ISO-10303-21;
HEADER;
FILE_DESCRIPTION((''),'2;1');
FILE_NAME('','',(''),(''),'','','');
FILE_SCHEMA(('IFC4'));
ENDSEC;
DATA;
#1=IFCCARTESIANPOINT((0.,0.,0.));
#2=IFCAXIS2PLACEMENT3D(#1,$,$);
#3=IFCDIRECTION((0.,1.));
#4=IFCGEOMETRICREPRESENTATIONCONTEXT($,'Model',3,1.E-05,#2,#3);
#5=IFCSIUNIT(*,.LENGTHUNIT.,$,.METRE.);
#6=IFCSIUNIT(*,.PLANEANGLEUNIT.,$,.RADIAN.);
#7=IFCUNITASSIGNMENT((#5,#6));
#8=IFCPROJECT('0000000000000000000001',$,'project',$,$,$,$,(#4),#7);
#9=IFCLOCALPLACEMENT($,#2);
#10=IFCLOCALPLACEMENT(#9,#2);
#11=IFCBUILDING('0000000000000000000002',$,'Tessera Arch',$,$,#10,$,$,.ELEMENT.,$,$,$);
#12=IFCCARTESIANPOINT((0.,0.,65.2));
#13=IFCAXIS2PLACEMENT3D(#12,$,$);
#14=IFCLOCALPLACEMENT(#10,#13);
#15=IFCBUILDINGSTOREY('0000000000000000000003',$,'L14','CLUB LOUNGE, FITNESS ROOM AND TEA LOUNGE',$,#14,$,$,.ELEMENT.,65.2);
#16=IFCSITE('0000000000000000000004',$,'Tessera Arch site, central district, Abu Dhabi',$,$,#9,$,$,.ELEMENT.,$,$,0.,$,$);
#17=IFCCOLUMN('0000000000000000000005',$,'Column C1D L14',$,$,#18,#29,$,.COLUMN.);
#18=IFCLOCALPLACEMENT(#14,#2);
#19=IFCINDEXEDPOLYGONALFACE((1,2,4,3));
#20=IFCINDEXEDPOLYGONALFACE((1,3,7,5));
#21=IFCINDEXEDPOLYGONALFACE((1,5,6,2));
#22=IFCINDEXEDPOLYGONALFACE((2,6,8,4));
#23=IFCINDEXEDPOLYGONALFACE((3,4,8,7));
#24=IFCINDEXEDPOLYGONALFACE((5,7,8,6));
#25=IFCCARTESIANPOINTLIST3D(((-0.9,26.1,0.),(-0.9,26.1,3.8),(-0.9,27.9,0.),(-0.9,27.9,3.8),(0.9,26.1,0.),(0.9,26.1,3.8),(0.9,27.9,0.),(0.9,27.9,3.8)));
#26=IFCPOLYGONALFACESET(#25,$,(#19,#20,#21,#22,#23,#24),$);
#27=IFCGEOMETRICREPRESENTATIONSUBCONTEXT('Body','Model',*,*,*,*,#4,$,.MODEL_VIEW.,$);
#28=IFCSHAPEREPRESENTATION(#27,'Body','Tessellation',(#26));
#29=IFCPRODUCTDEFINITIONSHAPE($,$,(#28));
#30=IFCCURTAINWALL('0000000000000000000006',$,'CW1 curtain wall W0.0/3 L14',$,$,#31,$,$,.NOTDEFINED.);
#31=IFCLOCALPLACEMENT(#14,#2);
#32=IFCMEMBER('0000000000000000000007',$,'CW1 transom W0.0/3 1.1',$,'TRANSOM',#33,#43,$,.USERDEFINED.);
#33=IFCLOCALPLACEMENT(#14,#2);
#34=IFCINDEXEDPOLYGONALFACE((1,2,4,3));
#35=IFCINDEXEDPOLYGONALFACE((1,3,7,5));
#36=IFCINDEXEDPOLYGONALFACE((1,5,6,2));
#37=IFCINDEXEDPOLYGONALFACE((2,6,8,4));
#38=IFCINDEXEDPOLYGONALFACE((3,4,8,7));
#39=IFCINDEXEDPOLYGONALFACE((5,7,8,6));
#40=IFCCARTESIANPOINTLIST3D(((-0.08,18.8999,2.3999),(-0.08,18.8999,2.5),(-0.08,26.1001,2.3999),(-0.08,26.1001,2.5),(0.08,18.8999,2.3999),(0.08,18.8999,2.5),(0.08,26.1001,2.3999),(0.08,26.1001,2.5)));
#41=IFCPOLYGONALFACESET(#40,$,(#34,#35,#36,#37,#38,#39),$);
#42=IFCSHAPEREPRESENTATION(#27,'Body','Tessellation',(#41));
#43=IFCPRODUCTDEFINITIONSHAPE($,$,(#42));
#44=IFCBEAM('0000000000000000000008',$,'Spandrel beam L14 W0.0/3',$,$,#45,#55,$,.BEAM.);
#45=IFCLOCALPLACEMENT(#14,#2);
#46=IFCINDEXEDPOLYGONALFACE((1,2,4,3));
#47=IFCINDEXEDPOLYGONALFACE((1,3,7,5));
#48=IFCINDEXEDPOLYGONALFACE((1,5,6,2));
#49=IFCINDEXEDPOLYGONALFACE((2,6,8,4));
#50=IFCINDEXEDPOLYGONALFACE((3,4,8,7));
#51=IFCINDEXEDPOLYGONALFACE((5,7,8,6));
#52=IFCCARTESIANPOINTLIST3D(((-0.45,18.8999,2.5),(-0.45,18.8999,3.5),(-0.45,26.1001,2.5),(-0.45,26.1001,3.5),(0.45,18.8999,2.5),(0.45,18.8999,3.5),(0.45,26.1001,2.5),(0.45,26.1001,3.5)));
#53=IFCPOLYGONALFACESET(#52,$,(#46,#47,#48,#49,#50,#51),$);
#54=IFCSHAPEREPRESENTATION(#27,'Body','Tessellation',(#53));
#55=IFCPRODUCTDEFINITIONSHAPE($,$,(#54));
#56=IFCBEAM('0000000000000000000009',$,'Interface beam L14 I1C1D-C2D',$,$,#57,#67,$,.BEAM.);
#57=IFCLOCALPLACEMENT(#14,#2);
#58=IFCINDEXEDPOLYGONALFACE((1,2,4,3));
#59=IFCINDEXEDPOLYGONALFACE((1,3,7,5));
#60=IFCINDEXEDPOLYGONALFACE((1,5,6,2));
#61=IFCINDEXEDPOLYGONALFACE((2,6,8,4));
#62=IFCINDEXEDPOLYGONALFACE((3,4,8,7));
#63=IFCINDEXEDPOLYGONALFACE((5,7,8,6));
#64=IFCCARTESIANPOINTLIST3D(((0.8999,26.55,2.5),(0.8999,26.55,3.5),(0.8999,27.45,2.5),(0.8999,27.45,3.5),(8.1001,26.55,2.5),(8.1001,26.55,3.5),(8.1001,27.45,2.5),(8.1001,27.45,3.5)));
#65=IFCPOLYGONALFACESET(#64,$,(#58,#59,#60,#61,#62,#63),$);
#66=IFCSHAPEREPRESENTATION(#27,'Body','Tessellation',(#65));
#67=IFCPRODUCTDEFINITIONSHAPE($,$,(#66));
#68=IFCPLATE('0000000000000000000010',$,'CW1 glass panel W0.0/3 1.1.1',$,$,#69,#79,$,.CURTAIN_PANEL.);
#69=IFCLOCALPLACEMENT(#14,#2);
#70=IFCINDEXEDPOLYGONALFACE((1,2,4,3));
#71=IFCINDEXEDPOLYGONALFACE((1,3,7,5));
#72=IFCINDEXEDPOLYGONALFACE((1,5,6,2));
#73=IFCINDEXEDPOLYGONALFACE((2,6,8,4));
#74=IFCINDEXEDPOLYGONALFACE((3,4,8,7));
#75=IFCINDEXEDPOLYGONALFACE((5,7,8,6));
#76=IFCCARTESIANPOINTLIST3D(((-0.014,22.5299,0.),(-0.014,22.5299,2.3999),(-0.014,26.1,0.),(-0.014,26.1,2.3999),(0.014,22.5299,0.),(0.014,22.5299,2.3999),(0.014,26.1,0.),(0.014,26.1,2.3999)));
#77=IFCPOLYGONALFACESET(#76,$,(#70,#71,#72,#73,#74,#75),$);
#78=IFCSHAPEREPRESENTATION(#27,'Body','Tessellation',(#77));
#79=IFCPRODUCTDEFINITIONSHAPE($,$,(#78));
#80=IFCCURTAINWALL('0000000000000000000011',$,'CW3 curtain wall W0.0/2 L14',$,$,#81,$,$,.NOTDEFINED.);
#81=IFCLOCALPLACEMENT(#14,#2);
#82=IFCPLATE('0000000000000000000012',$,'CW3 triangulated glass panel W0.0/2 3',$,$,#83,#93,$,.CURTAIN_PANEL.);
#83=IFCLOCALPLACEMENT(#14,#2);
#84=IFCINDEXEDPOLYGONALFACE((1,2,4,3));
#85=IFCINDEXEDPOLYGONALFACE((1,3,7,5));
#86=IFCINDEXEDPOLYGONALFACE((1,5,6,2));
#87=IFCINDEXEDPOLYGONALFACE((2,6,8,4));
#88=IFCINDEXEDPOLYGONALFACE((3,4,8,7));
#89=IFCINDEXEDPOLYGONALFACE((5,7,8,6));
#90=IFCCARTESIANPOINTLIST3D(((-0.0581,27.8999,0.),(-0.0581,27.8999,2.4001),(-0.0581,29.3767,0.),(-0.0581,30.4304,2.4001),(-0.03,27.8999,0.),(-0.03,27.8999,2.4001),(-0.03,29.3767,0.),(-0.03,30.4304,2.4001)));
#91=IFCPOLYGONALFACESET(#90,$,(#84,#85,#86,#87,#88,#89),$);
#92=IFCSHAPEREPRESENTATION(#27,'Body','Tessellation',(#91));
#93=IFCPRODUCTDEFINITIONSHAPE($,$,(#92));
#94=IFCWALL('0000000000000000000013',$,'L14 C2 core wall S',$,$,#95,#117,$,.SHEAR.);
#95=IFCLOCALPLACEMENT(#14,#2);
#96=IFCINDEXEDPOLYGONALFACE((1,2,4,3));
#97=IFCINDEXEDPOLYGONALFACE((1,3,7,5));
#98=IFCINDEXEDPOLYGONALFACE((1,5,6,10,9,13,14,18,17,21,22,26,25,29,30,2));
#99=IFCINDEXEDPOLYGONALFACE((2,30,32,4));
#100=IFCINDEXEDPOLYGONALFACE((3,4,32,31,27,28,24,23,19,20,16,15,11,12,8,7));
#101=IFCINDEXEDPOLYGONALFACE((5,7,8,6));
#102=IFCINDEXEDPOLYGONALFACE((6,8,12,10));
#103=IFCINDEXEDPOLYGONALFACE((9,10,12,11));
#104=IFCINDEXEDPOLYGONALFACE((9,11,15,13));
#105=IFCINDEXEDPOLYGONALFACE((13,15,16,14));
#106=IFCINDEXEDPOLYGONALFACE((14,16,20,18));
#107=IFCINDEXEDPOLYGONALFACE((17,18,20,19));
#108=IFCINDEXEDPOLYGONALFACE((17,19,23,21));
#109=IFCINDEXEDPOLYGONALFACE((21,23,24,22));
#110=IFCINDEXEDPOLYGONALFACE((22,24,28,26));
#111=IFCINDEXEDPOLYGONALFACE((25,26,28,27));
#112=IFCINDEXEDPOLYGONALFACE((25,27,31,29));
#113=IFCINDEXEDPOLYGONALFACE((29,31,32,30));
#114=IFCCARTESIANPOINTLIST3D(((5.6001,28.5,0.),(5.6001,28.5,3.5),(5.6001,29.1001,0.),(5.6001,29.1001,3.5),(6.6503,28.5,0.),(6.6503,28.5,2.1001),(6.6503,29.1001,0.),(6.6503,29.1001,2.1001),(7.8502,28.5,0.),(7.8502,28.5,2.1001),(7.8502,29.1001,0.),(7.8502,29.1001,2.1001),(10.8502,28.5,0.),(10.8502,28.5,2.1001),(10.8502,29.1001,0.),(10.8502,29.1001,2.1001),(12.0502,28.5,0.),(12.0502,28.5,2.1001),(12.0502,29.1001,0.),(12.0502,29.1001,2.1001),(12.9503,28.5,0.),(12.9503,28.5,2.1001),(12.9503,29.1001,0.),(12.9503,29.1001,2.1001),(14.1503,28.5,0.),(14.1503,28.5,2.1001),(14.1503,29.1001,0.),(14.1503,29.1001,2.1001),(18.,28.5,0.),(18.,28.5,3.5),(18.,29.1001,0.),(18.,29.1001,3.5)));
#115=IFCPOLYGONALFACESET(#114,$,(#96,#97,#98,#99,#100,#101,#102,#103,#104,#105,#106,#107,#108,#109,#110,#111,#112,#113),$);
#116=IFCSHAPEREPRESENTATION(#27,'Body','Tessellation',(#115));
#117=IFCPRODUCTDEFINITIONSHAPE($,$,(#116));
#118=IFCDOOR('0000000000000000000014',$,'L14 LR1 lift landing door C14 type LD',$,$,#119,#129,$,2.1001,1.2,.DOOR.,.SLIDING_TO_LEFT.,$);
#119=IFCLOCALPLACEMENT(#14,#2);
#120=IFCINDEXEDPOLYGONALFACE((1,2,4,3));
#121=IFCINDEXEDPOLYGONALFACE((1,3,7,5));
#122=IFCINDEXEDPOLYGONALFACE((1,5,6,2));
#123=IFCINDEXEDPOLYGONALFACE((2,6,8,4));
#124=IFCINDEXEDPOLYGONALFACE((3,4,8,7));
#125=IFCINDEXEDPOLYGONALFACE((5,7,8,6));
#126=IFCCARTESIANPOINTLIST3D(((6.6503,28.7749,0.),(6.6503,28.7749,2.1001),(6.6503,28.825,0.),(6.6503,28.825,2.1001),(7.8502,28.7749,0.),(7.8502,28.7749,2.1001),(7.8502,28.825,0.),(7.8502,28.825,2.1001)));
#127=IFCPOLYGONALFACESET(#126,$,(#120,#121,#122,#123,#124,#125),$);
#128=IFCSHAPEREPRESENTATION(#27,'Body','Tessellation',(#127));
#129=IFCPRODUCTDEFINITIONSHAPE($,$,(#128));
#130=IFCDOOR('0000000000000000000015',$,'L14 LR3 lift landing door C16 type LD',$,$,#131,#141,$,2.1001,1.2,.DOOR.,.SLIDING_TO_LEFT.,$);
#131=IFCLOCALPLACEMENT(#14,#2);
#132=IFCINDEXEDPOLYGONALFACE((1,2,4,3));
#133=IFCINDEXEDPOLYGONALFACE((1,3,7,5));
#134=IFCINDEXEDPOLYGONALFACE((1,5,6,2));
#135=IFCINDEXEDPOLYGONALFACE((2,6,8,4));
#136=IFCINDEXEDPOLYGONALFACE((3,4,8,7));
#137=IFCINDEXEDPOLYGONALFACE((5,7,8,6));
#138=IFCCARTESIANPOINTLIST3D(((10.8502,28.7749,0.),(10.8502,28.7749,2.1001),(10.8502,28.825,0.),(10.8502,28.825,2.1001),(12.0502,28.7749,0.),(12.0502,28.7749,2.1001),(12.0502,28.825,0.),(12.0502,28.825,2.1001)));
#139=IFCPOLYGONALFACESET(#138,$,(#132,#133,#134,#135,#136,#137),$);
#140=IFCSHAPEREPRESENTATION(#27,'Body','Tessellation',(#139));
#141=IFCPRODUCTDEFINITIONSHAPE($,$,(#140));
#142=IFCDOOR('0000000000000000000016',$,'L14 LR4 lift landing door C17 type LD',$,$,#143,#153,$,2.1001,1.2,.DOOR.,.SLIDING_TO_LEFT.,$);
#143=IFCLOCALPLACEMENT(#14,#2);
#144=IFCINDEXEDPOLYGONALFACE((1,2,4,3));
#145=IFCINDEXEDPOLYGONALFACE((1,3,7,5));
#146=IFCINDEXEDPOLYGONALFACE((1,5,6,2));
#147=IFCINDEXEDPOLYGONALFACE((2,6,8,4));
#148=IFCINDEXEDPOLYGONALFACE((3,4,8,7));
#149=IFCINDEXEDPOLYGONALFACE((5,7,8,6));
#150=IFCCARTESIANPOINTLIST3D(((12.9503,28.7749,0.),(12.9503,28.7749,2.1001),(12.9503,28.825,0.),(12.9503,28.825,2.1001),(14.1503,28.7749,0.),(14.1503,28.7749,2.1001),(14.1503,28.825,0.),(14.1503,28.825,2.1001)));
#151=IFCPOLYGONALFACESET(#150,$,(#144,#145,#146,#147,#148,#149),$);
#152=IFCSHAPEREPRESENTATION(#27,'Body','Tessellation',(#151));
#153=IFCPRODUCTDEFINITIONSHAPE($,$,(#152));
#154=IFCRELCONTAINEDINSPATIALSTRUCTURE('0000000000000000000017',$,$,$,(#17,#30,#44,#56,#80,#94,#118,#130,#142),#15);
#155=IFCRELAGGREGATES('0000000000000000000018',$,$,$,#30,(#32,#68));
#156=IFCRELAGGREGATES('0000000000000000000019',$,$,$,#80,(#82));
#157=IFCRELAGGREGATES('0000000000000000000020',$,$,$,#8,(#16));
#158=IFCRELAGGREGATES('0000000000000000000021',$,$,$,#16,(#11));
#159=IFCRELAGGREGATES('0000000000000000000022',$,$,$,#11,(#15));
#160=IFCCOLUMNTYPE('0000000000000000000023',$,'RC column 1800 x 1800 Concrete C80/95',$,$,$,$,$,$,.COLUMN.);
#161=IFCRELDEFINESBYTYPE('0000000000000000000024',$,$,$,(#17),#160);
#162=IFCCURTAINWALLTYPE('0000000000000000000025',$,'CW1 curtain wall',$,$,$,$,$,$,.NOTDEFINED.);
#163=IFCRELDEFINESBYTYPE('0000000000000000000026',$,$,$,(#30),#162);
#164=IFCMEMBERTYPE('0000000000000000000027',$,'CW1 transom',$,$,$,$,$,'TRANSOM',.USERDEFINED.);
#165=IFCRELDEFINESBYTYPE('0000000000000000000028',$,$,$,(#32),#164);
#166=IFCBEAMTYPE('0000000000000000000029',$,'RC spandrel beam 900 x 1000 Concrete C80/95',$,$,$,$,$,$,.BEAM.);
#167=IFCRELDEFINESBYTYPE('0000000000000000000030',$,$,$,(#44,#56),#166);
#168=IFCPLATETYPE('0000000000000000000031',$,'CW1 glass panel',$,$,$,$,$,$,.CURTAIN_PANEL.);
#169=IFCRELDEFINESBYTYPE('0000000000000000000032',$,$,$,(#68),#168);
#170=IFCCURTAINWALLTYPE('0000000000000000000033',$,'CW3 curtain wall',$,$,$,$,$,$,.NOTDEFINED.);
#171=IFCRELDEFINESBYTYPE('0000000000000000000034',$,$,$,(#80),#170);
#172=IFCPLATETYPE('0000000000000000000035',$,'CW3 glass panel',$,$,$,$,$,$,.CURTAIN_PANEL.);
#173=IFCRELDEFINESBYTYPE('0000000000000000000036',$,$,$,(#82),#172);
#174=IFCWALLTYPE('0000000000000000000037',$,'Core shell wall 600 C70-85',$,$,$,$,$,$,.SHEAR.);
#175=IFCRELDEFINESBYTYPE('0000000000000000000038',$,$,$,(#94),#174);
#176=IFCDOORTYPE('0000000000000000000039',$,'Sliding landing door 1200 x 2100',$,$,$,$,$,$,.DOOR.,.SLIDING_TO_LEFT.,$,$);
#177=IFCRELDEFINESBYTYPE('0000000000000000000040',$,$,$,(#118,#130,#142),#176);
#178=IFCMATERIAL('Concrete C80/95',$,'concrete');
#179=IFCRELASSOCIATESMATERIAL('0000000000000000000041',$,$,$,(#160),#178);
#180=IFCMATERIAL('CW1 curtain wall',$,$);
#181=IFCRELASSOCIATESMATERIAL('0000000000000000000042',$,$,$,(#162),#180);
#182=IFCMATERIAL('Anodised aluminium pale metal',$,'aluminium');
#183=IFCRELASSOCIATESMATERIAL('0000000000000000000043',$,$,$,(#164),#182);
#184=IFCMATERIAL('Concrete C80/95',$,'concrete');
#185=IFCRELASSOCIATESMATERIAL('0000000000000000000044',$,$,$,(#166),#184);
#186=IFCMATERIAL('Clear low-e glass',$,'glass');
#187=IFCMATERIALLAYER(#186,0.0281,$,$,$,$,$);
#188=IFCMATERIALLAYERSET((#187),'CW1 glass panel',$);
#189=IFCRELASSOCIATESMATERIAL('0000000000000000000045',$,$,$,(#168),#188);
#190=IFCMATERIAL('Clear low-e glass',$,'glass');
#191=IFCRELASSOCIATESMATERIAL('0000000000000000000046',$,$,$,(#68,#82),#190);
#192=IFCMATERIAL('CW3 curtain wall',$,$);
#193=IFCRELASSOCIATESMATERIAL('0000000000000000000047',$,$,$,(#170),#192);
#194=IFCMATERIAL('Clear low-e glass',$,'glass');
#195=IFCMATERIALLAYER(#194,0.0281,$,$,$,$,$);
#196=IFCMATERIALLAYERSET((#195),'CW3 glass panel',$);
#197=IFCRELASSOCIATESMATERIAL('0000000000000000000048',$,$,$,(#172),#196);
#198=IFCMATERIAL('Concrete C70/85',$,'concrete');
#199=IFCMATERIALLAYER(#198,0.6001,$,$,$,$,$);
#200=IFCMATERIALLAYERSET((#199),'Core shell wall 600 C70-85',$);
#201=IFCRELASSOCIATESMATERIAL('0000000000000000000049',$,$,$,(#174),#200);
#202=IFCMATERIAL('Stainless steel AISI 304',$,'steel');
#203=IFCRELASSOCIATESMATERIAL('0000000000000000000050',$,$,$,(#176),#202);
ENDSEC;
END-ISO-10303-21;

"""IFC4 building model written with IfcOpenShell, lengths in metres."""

from ifc_helpers import new_model, si_unit, direction, frame, frame_2d, origin, origin_2d, place, context, subcontext, project, spatial, polyline, rectangle, outline, extrude, material, layer, layer_set, material_profile, profile_set, type_object, element, fill, aggregate, save


model = new_model("IFC4")

# Units and contexts
model_context = context("Model", 3, precision=1e-05, world=origin(), true_north=direction((0.0, 1.0)))
body_context = subcontext(model_context, "Body", "Model", "MODEL_VIEW")
ifc_project = project(units=[si_unit("LENGTHUNIT", "METRE"), si_unit("PLANEANGLEUNIT", "RADIAN")], contexts=[model_context])

# Site, building, storey
site_placement = place(None, origin())
site = spatial("IfcSite", under=ifc_project, at=site_placement, Name="Tessera Arch site, central district, Abu Dhabi", CompositionType="ELEMENT", RefElevation=0.0)
building_placement = place(site_placement, origin())
building = spatial("IfcBuilding", under=site, at=building_placement, Name="Tessera Arch", CompositionType="ELEMENT")
storey_placement = place(building_placement, frame((0.0, 0.0, 65.2)))
storey = spatial("IfcBuildingStorey", under=building, at=storey_placement, Name="L14", Description="CLUB LOUNGE, FITNESS ROOM AND TEA LOUNGE", CompositionType="ELEMENT", Elevation=65.2)

# Column
ifc_material_1 = material(Name="Concrete C80/95", Category="concrete")
ifc_material_profile_1 = material_profile(ifc_material_1, rectangle(XDim=1.8, YDim=1.8, at=origin_2d()), Name="RC column 1800 x 1800 Concrete C80/95")
ifc_profile_set_1 = profile_set([ifc_material_profile_1], Name="Concrete C80/95")
column_type = type_object("IfcColumnType", Name="RC column 1800 x 1800 Concrete C80/95", PredefinedType="COLUMN", material=ifc_profile_set_1)
column_placement = place(storey_placement, frame((0.0, 27.0, 0.0), z_axis=(0.0, 0.0, 1.0), x_axis=(1.0, 0.0, 0.0)))
element("IfcColumn", 1, at=column_placement, inside=storey, type_object=column_type, Name="Column C1D L14", PredefinedType="COLUMN", context=body_context, shape_type="SweptSolid", body=[
    extrude(rectangle(XDim=1.8, YDim=1.8, at=origin_2d()), origin(), (0.0, 0.0, 1.0), 3.8),
])

# Curtain wall, member
ifc_material_2 = material(Name="CW1 curtain wall")
curtain_wall_type_1 = type_object("IfcCurtainWallType", Name="CW1 curtain wall", PredefinedType="NOTDEFINED", material=ifc_material_2)
curtain_wall_1_placement = place(storey_placement, origin())
curtain_wall_1 = element("IfcCurtainWall", 2, at=curtain_wall_1_placement, inside=storey, type_object=curtain_wall_type_1, Name="CW1 curtain wall W0.0/3 L14", PredefinedType="NOTDEFINED")
ifc_material_3 = material(Name="Anodised aluminium pale metal", Category="aluminium")
ifc_material_profile_2 = material_profile(ifc_material_3, rectangle(XDim=0.1599, YDim=0.1001, at=origin_2d()), Name="AL 160x100")
ifc_profile_set_2 = profile_set([ifc_material_profile_2], Name="Anodised aluminium pale metal")
member_type = type_object("IfcMemberType", Name="CW1 transom", ElementType="TRANSOM", PredefinedType="USERDEFINED", material=ifc_profile_set_2)
member_placement = place(storey_placement, frame((0.0, 26.1001, 2.45), z_axis=(0.0, -1.0, 0.0), x_axis=(1.0, 0.0, 0.0)))
member = element("IfcMember", 3, at=member_placement, type_object=member_type, Name="CW1 transom W0.0/3 1.1", ObjectType="TRANSOM", PredefinedType="USERDEFINED", context=body_context, shape_type="SweptSolid", body=[
    extrude(rectangle(XDim=0.1599, YDim=0.1001, at=origin_2d()), origin(), (0.0, 0.0, 1.0), 7.2002),
])

# Beams
ifc_material_4 = material(Name="Concrete C80/95", Category="concrete")
ifc_material_profile_3 = material_profile(ifc_material_4, rectangle(XDim=0.8999, YDim=1.0, at=origin_2d()), Name="RC spandrel beam 900 x 1000 Concrete C80/95")
ifc_profile_set_3 = profile_set([ifc_material_profile_3], Name="Concrete C80/95")
beam_type = type_object("IfcBeamType", Name="RC spandrel beam 900 x 1000 Concrete C80/95", PredefinedType="BEAM", material=ifc_profile_set_3)
for number, where, z_axis, x_axis, name in (
    (4, (0.0, 26.1001, 3.0), (0.0, -1.0, 0.0), (1.0, 0.0, 0.0), "Spandrel beam L14 W0.0/3"),
    (5, (0.8999, 27.0, 3.0), (1.0, 0.0, 0.0), (0.0, 1.0, 0.0), "Interface beam L14 I1C1D-C2D"),
):
    element("IfcBeam", number, at=place(storey_placement, frame(where, z_axis=z_axis, x_axis=x_axis)), inside=storey, type_object=beam_type, Name=name, PredefinedType="BEAM", context=body_context, shape_type="SweptSolid", body=[
        extrude(rectangle(XDim=0.8999, YDim=1.0, at=origin_2d()), origin(), (0.0, 0.0, 1.0), 7.2002),
    ])

# Plate
ifc_material_5 = material(Name="Clear low-e glass", Category="glass")
ifc_material_6 = material(Name="Clear low-e glass", Category="glass")
ifc_layer_1 = layer(ifc_material_6, 0.0281)
ifc_layer_set_1 = layer_set([ifc_layer_1], Name="CW1 glass panel")
plate_type_1 = type_object("IfcPlateType", Name="CW1 glass panel", PredefinedType="CURTAIN_PANEL", material=ifc_layer_set_1)
plate_1_placement = place(storey_placement, frame((0.0, 24.3149, 0.0), z_axis=(0.0, 0.0, 1.0), x_axis=(0.0, -1.0, 0.0)))
plate_1 = element("IfcPlate", 6, at=plate_1_placement, type_object=plate_type_1, material=ifc_material_5, Name="CW1 glass panel W0.0/3 1.1.1", PredefinedType="CURTAIN_PANEL", context=body_context, shape_type="SweptSolid", body=[
    extrude(rectangle(XDim=3.5701, YDim=0.0281, at=origin_2d()), origin(), (0.0, 0.0, 1.0), 2.3999),
])
aggregate(curtain_wall_1, [member, plate_1])

# Curtain wall, plate
ifc_material_7 = material(Name="CW3 curtain wall")
curtain_wall_type_2 = type_object("IfcCurtainWallType", Name="CW3 curtain wall", PredefinedType="NOTDEFINED", material=ifc_material_7)
curtain_wall_2_placement = place(storey_placement, origin())
curtain_wall_2 = element("IfcCurtainWall", 7, at=curtain_wall_2_placement, inside=storey, type_object=curtain_wall_type_2, Name="CW3 curtain wall W0.0/2 L14", PredefinedType="NOTDEFINED")
ifc_material_8 = material(Name="Clear low-e glass", Category="glass")
ifc_layer_2 = layer(ifc_material_8, 0.0281)
ifc_layer_set_2 = layer_set([ifc_layer_2], Name="CW3 glass panel")
plate_type_2 = type_object("IfcPlateType", Name="CW3 glass panel", PredefinedType="CURTAIN_PANEL", material=ifc_layer_set_2)
plate_2_placement = place(storey_placement, frame((-0.0581, 27.8999, 2.4001), z_axis=(-1.0, 0.0, 0.0), x_axis=(0.0, 1.0, 0.0)))
plate_2 = element("IfcPlate", 8, at=plate_2_placement, type_object=plate_type_2, material=ifc_material_5, Name="CW3 triangulated glass panel W0.0/2 3", PredefinedType="CURTAIN_PANEL", context=body_context, shape_type="SweptSolid", body=[
    extrude(outline(polyline([(0.0, 0.0), (2.5305, 0.0), (1.4768, 2.4001), (0.0, 2.4001), (0.0, 0.0)])), origin(), (0.0, 0.0, -1.0), 0.0281),
])
aggregate(curtain_wall_2, [plate_2])

# Wall, openings, doors
ifc_material_9 = material(Name="Concrete C70/85", Category="concrete")
ifc_layer_3 = layer(ifc_material_9, 0.6001)
ifc_layer_set_3 = layer_set([ifc_layer_3], Name="Core shell wall 600 C70-85")
wall_type_1 = type_object("IfcWallType", Name="Core shell wall 600 C70-85", PredefinedType="SHEAR", material=ifc_layer_set_3)
wall_1_placement = place(storey_placement, frame((5.6001, 28.8, 0.0), z_axis=(0.0, 0.0, 1.0), x_axis=(1.0, 0.0, 0.0)))
wall_1 = element("IfcWall", 9, at=wall_1_placement, inside=storey, type_object=wall_type_1, Name="L14 C2 core wall S", PredefinedType="SHEAR", context=body_context, shape_type="SweptSolid", body=[
    extrude(rectangle(XDim=12.3999, YDim=0.6001, at=frame_2d((6.2, 0.0))), origin(), (0.0, 0.0, 1.0), 3.5),
])
opening_1_placement = place(wall_1_placement, frame((1.05, 0.0, 0.0)))
opening_1 = element("IfcOpeningElement", 10, at=opening_1_placement, cuts=wall_1, PredefinedType="OPENING", context=body_context, shape_type="SweptSolid", body=[
    extrude(rectangle(XDim=1.2, YDim=2.1001, at=frame_2d((0.6001, 1.05))), frame((0.0, 0.3101, 0.0), z_axis=(0.0, -1.0, 0.0), x_axis=(1.0, 0.0, 0.0)), (0.0, 0.0, 1.0), 0.6201),
])
opening_2_placement = place(wall_1_placement, frame((5.25, 0.0, 0.0)))
opening_2 = element("IfcOpeningElement", 11, at=opening_2_placement, cuts=wall_1, PredefinedType="OPENING", context=body_context, shape_type="SweptSolid", body=[
    extrude(rectangle(XDim=1.2, YDim=2.1001, at=frame_2d((0.6001, 1.05))), frame((0.0, 0.3101, 0.0), z_axis=(0.0, -1.0, 0.0), x_axis=(1.0, 0.0, 0.0)), (0.0, 0.0, 1.0), 0.6201),
])
opening_3_placement = place(wall_1_placement, frame((7.3501, 0.0, 0.0)))
opening_3 = element("IfcOpeningElement", 12, at=opening_3_placement, cuts=wall_1, PredefinedType="OPENING", context=body_context, shape_type="SweptSolid", body=[
    extrude(rectangle(XDim=1.2, YDim=2.1001, at=frame_2d((0.6001, 1.05))), frame((0.0, 0.3101, 0.0), z_axis=(0.0, -1.0, 0.0), x_axis=(1.0, 0.0, 0.0)), (0.0, 0.0, 1.0), 0.6201),
])
ifc_material_10 = material(Name="Stainless steel AISI 304", Category="steel")
door_type_1 = type_object("IfcDoorType", Name="Sliding landing door 1200 x 2100", OperationType="SLIDING_TO_LEFT", PredefinedType="DOOR", material=ifc_material_10)
door_1_placement = place(opening_1_placement, origin())
door_1 = element("IfcDoor", 13, at=door_1_placement, inside=storey, type_object=door_type_1, Name="L14 LR1 lift landing door C14 type LD", OperationType="SLIDING_TO_LEFT", OverallHeight=2.1001, OverallWidth=1.2, PredefinedType="DOOR", context=body_context, shape_type="SweptSolid", body=[
    extrude(rectangle(XDim=1.2, YDim=2.1001, at=frame_2d((0.6001, 1.05))), frame((0.0, 0.0249, 0.0), z_axis=(0.0, -1.0, 0.0), x_axis=(1.0, 0.0, 0.0)), (0.0, 0.0, 1.0), 0.05),
])
fill(opening_1, door_1)
door_2_placement = place(opening_2_placement, origin())
door_2 = element("IfcDoor", 14, at=door_2_placement, inside=storey, type_object=door_type_1, Name="L14 LR3 lift landing door C16 type LD", OperationType="SLIDING_TO_LEFT", OverallHeight=2.1001, OverallWidth=1.2, PredefinedType="DOOR", context=body_context, shape_type="SweptSolid", body=[
    extrude(rectangle(XDim=1.2, YDim=2.1001, at=frame_2d((0.6001, 1.05))), frame((0.0, 0.0249, 0.0), z_axis=(0.0, -1.0, 0.0), x_axis=(1.0, 0.0, 0.0)), (0.0, 0.0, 1.0), 0.05),
])
fill(opening_2, door_2)
door_3_placement = place(opening_3_placement, origin())
door_3 = element("IfcDoor", 15, at=door_3_placement, inside=storey, type_object=door_type_1, Name="L14 LR4 lift landing door C17 type LD", OperationType="SLIDING_TO_LEFT", OverallHeight=2.1001, OverallWidth=1.2, PredefinedType="DOOR", context=body_context, shape_type="SweptSolid", body=[
    extrude(rectangle(XDim=1.2, YDim=2.1001, at=frame_2d((0.6001, 1.05))), frame((0.0, 0.0249, 0.0), z_axis=(0.0, -1.0, 0.0), x_axis=(1.0, 0.0, 0.0)), (0.0, 0.0, 1.0), 0.05),
])
fill(opening_3, door_3)

save(model, "model.ifc")
